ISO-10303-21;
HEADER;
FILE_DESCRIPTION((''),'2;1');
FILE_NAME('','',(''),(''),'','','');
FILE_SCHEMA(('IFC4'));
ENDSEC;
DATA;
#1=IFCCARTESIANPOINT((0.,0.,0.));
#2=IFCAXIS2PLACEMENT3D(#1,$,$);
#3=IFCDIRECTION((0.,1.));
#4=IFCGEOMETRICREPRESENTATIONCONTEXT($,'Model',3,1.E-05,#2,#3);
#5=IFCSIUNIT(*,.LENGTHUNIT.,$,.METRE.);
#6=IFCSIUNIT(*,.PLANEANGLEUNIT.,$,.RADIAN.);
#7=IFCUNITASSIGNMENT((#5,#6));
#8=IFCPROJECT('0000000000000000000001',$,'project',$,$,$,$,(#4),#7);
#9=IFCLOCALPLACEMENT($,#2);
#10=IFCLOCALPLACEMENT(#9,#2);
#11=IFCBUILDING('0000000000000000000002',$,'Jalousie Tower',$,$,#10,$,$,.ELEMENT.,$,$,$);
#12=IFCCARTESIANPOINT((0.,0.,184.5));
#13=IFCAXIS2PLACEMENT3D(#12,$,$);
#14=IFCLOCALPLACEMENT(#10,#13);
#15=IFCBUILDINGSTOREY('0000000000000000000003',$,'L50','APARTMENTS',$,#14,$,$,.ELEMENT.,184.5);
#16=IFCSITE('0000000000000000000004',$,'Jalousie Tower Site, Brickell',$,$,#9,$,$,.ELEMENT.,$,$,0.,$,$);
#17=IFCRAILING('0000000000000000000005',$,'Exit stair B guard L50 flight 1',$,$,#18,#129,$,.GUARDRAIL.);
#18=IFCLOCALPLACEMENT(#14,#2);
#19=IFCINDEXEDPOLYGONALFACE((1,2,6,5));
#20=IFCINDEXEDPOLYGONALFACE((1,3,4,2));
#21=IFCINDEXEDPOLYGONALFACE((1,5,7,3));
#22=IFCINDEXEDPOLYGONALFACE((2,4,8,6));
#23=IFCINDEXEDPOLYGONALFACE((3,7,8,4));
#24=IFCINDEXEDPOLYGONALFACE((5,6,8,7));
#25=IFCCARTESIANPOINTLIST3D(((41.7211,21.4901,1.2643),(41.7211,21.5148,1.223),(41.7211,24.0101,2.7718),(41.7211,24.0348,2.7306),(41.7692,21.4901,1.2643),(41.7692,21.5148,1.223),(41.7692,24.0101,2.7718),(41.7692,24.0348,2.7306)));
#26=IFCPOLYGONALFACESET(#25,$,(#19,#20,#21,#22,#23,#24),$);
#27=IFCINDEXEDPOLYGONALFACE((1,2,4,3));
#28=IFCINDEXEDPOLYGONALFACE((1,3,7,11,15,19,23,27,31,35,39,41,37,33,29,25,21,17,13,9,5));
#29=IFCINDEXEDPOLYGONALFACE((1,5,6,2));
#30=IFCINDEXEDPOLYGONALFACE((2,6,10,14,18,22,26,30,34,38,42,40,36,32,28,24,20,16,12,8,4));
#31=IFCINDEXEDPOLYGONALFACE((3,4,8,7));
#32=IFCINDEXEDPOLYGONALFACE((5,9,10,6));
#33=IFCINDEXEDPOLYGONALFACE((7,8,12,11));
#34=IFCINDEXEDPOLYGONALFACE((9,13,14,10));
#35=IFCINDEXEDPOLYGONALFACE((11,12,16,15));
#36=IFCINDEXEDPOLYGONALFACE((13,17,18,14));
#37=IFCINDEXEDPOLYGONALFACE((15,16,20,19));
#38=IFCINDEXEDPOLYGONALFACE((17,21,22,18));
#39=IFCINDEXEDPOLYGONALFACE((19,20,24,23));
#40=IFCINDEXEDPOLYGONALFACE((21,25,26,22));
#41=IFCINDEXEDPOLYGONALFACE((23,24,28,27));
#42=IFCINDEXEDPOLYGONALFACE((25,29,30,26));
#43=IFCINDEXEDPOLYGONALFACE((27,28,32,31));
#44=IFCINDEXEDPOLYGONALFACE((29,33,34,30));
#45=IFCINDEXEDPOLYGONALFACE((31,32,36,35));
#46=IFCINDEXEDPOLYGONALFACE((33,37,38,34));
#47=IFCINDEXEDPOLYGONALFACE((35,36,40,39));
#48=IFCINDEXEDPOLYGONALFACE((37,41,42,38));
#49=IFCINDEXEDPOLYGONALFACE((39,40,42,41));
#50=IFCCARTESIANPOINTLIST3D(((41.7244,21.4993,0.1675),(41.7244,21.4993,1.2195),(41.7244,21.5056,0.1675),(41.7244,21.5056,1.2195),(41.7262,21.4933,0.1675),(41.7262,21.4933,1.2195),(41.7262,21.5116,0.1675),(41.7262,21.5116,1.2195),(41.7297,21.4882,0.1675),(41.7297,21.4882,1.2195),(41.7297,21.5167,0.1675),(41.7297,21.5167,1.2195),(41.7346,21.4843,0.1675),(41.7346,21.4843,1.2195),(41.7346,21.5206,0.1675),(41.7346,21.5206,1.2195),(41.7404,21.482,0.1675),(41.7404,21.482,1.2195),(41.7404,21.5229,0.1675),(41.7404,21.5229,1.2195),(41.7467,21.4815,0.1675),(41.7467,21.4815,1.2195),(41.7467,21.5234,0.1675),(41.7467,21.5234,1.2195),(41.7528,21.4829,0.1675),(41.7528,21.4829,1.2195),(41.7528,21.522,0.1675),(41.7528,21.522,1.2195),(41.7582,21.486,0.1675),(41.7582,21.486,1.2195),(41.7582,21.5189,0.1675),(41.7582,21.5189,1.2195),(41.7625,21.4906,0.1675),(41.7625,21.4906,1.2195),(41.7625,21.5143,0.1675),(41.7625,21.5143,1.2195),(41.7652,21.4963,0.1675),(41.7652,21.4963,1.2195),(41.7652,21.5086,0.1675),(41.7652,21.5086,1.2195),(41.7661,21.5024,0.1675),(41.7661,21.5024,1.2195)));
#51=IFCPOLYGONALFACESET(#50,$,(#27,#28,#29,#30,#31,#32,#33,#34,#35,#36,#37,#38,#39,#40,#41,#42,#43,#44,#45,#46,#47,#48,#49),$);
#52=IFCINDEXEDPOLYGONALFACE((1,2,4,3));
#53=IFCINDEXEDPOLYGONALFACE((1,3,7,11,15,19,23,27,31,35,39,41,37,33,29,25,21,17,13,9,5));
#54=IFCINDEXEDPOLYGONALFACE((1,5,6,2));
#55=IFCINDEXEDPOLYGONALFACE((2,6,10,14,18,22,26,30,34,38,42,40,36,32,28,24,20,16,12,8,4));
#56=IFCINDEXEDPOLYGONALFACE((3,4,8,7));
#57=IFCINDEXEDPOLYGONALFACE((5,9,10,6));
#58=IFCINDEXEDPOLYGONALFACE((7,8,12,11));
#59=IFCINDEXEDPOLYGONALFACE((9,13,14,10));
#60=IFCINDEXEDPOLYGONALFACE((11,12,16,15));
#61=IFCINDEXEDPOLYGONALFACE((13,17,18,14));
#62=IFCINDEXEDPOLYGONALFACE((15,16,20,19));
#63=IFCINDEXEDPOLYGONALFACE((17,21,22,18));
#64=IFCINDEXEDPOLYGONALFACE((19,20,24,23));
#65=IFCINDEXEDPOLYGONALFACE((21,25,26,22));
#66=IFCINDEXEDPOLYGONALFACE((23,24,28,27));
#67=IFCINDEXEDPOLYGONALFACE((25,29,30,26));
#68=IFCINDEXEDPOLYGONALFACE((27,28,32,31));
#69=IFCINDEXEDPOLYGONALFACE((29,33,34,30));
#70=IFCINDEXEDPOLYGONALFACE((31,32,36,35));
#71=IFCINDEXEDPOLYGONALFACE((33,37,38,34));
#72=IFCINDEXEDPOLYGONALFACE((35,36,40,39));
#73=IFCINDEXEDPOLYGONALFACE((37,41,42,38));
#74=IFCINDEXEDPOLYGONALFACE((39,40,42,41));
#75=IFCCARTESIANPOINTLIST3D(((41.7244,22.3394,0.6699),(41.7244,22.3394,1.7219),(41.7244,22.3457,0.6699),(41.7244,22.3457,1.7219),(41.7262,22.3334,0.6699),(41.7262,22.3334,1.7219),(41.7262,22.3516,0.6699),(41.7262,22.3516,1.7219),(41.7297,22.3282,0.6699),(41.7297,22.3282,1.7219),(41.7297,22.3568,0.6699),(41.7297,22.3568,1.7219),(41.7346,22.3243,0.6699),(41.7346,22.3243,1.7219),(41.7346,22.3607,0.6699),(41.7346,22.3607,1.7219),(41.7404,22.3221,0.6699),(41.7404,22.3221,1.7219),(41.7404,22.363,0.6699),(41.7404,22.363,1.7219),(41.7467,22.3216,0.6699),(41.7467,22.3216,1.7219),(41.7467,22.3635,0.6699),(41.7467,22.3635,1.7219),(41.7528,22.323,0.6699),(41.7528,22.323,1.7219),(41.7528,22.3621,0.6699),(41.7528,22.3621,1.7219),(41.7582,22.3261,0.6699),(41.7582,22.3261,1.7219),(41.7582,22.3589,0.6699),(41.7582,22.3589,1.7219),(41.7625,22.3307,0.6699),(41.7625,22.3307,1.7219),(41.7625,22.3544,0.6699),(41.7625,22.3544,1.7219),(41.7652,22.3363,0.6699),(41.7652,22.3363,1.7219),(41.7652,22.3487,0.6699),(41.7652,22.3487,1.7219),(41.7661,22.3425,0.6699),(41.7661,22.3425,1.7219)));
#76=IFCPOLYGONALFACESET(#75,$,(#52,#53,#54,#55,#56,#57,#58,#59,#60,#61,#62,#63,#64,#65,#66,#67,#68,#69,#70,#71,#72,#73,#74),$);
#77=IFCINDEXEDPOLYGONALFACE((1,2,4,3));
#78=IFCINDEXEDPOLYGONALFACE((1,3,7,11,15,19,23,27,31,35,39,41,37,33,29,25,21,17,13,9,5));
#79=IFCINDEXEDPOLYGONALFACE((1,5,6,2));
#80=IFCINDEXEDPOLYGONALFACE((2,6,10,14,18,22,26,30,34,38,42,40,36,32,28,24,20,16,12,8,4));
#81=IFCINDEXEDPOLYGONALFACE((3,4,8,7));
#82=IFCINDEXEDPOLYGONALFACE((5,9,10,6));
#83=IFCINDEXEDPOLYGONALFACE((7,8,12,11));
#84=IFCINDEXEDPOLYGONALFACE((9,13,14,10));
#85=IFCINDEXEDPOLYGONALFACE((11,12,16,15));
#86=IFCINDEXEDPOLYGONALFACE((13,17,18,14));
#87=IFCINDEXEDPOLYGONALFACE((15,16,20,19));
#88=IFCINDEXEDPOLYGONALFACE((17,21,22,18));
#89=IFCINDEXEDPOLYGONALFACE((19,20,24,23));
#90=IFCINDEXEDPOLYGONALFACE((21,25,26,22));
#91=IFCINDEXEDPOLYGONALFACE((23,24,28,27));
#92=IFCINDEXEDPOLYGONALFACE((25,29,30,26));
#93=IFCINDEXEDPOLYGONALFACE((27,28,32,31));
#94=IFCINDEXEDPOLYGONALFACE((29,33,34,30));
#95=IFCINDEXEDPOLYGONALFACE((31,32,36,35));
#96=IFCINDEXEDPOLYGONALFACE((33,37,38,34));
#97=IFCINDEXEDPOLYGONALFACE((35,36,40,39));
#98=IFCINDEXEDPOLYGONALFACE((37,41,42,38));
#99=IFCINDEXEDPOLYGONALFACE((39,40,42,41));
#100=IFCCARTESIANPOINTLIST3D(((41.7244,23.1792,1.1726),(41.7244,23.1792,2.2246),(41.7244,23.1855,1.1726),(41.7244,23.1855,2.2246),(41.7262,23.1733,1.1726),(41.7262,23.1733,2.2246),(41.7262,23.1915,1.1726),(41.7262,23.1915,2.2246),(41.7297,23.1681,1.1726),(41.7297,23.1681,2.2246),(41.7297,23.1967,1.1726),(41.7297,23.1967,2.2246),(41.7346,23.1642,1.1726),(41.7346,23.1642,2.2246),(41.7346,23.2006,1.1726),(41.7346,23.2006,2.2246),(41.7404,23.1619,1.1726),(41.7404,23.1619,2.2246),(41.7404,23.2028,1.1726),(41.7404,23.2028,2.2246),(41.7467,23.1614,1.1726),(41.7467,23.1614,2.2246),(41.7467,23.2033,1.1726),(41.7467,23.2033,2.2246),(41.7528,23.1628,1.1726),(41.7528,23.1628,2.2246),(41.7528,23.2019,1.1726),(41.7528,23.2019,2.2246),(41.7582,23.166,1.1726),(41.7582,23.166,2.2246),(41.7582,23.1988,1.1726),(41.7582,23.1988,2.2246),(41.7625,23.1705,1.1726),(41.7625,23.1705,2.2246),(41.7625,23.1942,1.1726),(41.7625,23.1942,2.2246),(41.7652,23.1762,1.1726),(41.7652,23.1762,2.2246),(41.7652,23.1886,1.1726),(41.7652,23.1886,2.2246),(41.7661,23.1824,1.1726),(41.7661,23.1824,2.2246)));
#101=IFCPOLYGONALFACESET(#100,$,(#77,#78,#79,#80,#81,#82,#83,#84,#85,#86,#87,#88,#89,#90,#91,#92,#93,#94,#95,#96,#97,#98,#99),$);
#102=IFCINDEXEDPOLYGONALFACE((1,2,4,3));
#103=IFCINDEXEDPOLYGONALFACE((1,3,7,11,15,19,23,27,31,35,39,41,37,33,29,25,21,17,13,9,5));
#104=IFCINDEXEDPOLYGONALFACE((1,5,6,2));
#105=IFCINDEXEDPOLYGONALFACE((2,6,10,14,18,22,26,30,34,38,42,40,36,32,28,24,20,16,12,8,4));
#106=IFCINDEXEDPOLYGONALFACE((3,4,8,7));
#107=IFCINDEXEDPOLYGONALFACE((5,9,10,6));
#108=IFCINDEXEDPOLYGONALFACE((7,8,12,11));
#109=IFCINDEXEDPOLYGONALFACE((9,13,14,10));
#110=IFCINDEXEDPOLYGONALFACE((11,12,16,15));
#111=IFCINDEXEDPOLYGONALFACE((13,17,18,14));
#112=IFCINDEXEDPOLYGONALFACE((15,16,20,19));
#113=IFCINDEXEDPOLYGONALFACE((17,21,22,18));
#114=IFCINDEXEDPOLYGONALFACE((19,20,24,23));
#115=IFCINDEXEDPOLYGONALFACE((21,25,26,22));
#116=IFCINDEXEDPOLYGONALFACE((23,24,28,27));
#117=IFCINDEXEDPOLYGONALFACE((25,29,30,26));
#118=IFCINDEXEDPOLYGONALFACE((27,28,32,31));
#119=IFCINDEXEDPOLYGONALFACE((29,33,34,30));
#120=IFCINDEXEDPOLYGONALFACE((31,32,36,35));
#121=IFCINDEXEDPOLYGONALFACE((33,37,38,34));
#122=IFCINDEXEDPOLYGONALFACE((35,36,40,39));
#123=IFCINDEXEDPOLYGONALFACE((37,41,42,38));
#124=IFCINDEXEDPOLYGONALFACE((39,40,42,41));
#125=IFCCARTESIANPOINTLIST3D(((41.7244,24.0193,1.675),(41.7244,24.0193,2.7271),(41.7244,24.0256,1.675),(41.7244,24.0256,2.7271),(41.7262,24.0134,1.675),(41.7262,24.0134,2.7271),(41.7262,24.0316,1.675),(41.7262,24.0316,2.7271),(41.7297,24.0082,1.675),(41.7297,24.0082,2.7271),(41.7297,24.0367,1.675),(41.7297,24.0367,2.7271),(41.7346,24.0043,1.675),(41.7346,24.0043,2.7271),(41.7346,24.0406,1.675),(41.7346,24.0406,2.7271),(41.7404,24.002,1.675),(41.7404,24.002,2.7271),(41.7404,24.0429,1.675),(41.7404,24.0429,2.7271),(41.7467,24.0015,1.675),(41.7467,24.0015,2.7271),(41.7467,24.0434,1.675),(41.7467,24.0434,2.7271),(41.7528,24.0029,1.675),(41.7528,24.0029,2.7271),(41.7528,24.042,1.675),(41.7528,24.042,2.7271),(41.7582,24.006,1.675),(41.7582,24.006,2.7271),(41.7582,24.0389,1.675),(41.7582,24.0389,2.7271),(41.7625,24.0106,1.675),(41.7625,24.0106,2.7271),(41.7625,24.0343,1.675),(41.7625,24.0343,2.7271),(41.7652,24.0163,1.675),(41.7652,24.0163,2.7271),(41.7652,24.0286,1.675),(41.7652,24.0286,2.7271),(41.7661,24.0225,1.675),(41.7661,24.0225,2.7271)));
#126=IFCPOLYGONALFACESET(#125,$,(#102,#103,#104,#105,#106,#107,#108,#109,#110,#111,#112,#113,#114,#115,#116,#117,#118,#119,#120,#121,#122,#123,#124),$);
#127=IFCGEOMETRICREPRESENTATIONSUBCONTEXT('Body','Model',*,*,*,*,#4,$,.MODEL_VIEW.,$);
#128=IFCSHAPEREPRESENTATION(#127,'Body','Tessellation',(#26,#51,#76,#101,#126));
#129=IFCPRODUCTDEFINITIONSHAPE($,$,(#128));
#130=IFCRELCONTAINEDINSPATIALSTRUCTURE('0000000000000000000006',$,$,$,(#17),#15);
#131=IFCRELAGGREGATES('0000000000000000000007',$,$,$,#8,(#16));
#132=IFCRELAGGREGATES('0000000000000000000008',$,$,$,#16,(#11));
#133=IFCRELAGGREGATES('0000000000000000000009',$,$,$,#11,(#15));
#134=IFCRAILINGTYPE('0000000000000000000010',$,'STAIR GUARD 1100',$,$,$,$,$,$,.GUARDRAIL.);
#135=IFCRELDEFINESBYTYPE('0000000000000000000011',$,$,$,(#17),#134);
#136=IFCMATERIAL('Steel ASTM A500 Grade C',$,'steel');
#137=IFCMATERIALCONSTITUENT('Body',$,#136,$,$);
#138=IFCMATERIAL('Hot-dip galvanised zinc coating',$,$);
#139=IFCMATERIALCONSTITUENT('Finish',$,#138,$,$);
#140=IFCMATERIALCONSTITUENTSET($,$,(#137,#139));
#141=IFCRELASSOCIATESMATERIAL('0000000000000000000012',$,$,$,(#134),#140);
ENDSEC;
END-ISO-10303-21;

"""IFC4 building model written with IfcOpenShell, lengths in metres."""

from ifc_helpers import new_model, si_unit, direction, frame, origin, origin_2d, place, context, subcontext, project, spatial, rectangle, circle, extrude, material, constituent, constituent_set, type_object, element, save


model = new_model("IFC4")

# Units and contexts
model_context = context("Model", 3, precision=1e-05, world=origin(), true_north=direction((0.0, 1.0)))
body_context = subcontext(model_context, "Body", "Model", "MODEL_VIEW")
ifc_project = project(units=[si_unit("LENGTHUNIT", "METRE"), si_unit("PLANEANGLEUNIT", "RADIAN")], contexts=[model_context])

# Site, building, storey
site_placement = place(None, origin())
site = spatial("IfcSite", under=ifc_project, at=site_placement, Name="Jalousie Tower Site, Brickell", CompositionType="ELEMENT", RefElevation=0.0)
building_placement = place(site_placement, origin())
building = spatial("IfcBuilding", under=site, at=building_placement, Name="Jalousie Tower", CompositionType="ELEMENT")
storey_placement = place(building_placement, frame((0.0, 0.0, 184.5)))
storey = spatial("IfcBuildingStorey", under=building, at=storey_placement, Name="L50", Description="APARTMENTS", CompositionType="ELEMENT", Elevation=184.5)

# Railing
ifc_material_1 = material(Name="Steel ASTM A500 Grade C", Category="steel")
ifc_constituent_1 = constituent(ifc_material_1, Name="Body")
ifc_material_2 = material(Name="Hot-dip galvanised zinc coating")
ifc_constituent_2 = constituent(ifc_material_2, Name="Finish")
ifc_constituent_set_1 = constituent_set(constituents=[ifc_constituent_1, ifc_constituent_2])
railing_type_1 = type_object("IfcRailingType", Name="STAIR GUARD 1100", PredefinedType="GUARDRAIL", material=ifc_constituent_set_1)
railing_1_placement = place(storey_placement, frame((41.7451, 21.5024, 0.1675)))
element("IfcRailing", 1, at=railing_1_placement, inside=storey, type_object=railing_type_1, Name="Exit stair B guard L50 flight 1", PredefinedType="GUARDRAIL", context=body_context, shape_type="SweptSolid", body=[
    extrude(rectangle(XDim=0.0481, YDim=0.0481, at=origin_2d()), frame((0.0, 0.0, 1.0762), z_axis=(0.0, 0.85816, 0.513383), x_axis=(-1.0, 0.0, 0.0)), (0.0, 0.0, 1.0), 2.9365),
    extrude(circle(Radius=0.021, at=origin_2d()), origin(), (0.0, 0.0, 1.0), 1.052),
    extrude(circle(Radius=0.021, at=origin_2d()), frame((0.0, 0.8401, 0.5024)), (0.0, 0.0, 1.0), 1.052),
    extrude(circle(Radius=0.021, at=origin_2d()), frame((0.0, 1.6799, 1.0051)), (0.0, 0.0, 1.0), 1.052),
    extrude(circle(Radius=0.021, at=origin_2d()), frame((0.0, 2.52, 1.5076)), (0.0, 0.0, 1.0), 1.052),
])

save(model, "model.ifc")
